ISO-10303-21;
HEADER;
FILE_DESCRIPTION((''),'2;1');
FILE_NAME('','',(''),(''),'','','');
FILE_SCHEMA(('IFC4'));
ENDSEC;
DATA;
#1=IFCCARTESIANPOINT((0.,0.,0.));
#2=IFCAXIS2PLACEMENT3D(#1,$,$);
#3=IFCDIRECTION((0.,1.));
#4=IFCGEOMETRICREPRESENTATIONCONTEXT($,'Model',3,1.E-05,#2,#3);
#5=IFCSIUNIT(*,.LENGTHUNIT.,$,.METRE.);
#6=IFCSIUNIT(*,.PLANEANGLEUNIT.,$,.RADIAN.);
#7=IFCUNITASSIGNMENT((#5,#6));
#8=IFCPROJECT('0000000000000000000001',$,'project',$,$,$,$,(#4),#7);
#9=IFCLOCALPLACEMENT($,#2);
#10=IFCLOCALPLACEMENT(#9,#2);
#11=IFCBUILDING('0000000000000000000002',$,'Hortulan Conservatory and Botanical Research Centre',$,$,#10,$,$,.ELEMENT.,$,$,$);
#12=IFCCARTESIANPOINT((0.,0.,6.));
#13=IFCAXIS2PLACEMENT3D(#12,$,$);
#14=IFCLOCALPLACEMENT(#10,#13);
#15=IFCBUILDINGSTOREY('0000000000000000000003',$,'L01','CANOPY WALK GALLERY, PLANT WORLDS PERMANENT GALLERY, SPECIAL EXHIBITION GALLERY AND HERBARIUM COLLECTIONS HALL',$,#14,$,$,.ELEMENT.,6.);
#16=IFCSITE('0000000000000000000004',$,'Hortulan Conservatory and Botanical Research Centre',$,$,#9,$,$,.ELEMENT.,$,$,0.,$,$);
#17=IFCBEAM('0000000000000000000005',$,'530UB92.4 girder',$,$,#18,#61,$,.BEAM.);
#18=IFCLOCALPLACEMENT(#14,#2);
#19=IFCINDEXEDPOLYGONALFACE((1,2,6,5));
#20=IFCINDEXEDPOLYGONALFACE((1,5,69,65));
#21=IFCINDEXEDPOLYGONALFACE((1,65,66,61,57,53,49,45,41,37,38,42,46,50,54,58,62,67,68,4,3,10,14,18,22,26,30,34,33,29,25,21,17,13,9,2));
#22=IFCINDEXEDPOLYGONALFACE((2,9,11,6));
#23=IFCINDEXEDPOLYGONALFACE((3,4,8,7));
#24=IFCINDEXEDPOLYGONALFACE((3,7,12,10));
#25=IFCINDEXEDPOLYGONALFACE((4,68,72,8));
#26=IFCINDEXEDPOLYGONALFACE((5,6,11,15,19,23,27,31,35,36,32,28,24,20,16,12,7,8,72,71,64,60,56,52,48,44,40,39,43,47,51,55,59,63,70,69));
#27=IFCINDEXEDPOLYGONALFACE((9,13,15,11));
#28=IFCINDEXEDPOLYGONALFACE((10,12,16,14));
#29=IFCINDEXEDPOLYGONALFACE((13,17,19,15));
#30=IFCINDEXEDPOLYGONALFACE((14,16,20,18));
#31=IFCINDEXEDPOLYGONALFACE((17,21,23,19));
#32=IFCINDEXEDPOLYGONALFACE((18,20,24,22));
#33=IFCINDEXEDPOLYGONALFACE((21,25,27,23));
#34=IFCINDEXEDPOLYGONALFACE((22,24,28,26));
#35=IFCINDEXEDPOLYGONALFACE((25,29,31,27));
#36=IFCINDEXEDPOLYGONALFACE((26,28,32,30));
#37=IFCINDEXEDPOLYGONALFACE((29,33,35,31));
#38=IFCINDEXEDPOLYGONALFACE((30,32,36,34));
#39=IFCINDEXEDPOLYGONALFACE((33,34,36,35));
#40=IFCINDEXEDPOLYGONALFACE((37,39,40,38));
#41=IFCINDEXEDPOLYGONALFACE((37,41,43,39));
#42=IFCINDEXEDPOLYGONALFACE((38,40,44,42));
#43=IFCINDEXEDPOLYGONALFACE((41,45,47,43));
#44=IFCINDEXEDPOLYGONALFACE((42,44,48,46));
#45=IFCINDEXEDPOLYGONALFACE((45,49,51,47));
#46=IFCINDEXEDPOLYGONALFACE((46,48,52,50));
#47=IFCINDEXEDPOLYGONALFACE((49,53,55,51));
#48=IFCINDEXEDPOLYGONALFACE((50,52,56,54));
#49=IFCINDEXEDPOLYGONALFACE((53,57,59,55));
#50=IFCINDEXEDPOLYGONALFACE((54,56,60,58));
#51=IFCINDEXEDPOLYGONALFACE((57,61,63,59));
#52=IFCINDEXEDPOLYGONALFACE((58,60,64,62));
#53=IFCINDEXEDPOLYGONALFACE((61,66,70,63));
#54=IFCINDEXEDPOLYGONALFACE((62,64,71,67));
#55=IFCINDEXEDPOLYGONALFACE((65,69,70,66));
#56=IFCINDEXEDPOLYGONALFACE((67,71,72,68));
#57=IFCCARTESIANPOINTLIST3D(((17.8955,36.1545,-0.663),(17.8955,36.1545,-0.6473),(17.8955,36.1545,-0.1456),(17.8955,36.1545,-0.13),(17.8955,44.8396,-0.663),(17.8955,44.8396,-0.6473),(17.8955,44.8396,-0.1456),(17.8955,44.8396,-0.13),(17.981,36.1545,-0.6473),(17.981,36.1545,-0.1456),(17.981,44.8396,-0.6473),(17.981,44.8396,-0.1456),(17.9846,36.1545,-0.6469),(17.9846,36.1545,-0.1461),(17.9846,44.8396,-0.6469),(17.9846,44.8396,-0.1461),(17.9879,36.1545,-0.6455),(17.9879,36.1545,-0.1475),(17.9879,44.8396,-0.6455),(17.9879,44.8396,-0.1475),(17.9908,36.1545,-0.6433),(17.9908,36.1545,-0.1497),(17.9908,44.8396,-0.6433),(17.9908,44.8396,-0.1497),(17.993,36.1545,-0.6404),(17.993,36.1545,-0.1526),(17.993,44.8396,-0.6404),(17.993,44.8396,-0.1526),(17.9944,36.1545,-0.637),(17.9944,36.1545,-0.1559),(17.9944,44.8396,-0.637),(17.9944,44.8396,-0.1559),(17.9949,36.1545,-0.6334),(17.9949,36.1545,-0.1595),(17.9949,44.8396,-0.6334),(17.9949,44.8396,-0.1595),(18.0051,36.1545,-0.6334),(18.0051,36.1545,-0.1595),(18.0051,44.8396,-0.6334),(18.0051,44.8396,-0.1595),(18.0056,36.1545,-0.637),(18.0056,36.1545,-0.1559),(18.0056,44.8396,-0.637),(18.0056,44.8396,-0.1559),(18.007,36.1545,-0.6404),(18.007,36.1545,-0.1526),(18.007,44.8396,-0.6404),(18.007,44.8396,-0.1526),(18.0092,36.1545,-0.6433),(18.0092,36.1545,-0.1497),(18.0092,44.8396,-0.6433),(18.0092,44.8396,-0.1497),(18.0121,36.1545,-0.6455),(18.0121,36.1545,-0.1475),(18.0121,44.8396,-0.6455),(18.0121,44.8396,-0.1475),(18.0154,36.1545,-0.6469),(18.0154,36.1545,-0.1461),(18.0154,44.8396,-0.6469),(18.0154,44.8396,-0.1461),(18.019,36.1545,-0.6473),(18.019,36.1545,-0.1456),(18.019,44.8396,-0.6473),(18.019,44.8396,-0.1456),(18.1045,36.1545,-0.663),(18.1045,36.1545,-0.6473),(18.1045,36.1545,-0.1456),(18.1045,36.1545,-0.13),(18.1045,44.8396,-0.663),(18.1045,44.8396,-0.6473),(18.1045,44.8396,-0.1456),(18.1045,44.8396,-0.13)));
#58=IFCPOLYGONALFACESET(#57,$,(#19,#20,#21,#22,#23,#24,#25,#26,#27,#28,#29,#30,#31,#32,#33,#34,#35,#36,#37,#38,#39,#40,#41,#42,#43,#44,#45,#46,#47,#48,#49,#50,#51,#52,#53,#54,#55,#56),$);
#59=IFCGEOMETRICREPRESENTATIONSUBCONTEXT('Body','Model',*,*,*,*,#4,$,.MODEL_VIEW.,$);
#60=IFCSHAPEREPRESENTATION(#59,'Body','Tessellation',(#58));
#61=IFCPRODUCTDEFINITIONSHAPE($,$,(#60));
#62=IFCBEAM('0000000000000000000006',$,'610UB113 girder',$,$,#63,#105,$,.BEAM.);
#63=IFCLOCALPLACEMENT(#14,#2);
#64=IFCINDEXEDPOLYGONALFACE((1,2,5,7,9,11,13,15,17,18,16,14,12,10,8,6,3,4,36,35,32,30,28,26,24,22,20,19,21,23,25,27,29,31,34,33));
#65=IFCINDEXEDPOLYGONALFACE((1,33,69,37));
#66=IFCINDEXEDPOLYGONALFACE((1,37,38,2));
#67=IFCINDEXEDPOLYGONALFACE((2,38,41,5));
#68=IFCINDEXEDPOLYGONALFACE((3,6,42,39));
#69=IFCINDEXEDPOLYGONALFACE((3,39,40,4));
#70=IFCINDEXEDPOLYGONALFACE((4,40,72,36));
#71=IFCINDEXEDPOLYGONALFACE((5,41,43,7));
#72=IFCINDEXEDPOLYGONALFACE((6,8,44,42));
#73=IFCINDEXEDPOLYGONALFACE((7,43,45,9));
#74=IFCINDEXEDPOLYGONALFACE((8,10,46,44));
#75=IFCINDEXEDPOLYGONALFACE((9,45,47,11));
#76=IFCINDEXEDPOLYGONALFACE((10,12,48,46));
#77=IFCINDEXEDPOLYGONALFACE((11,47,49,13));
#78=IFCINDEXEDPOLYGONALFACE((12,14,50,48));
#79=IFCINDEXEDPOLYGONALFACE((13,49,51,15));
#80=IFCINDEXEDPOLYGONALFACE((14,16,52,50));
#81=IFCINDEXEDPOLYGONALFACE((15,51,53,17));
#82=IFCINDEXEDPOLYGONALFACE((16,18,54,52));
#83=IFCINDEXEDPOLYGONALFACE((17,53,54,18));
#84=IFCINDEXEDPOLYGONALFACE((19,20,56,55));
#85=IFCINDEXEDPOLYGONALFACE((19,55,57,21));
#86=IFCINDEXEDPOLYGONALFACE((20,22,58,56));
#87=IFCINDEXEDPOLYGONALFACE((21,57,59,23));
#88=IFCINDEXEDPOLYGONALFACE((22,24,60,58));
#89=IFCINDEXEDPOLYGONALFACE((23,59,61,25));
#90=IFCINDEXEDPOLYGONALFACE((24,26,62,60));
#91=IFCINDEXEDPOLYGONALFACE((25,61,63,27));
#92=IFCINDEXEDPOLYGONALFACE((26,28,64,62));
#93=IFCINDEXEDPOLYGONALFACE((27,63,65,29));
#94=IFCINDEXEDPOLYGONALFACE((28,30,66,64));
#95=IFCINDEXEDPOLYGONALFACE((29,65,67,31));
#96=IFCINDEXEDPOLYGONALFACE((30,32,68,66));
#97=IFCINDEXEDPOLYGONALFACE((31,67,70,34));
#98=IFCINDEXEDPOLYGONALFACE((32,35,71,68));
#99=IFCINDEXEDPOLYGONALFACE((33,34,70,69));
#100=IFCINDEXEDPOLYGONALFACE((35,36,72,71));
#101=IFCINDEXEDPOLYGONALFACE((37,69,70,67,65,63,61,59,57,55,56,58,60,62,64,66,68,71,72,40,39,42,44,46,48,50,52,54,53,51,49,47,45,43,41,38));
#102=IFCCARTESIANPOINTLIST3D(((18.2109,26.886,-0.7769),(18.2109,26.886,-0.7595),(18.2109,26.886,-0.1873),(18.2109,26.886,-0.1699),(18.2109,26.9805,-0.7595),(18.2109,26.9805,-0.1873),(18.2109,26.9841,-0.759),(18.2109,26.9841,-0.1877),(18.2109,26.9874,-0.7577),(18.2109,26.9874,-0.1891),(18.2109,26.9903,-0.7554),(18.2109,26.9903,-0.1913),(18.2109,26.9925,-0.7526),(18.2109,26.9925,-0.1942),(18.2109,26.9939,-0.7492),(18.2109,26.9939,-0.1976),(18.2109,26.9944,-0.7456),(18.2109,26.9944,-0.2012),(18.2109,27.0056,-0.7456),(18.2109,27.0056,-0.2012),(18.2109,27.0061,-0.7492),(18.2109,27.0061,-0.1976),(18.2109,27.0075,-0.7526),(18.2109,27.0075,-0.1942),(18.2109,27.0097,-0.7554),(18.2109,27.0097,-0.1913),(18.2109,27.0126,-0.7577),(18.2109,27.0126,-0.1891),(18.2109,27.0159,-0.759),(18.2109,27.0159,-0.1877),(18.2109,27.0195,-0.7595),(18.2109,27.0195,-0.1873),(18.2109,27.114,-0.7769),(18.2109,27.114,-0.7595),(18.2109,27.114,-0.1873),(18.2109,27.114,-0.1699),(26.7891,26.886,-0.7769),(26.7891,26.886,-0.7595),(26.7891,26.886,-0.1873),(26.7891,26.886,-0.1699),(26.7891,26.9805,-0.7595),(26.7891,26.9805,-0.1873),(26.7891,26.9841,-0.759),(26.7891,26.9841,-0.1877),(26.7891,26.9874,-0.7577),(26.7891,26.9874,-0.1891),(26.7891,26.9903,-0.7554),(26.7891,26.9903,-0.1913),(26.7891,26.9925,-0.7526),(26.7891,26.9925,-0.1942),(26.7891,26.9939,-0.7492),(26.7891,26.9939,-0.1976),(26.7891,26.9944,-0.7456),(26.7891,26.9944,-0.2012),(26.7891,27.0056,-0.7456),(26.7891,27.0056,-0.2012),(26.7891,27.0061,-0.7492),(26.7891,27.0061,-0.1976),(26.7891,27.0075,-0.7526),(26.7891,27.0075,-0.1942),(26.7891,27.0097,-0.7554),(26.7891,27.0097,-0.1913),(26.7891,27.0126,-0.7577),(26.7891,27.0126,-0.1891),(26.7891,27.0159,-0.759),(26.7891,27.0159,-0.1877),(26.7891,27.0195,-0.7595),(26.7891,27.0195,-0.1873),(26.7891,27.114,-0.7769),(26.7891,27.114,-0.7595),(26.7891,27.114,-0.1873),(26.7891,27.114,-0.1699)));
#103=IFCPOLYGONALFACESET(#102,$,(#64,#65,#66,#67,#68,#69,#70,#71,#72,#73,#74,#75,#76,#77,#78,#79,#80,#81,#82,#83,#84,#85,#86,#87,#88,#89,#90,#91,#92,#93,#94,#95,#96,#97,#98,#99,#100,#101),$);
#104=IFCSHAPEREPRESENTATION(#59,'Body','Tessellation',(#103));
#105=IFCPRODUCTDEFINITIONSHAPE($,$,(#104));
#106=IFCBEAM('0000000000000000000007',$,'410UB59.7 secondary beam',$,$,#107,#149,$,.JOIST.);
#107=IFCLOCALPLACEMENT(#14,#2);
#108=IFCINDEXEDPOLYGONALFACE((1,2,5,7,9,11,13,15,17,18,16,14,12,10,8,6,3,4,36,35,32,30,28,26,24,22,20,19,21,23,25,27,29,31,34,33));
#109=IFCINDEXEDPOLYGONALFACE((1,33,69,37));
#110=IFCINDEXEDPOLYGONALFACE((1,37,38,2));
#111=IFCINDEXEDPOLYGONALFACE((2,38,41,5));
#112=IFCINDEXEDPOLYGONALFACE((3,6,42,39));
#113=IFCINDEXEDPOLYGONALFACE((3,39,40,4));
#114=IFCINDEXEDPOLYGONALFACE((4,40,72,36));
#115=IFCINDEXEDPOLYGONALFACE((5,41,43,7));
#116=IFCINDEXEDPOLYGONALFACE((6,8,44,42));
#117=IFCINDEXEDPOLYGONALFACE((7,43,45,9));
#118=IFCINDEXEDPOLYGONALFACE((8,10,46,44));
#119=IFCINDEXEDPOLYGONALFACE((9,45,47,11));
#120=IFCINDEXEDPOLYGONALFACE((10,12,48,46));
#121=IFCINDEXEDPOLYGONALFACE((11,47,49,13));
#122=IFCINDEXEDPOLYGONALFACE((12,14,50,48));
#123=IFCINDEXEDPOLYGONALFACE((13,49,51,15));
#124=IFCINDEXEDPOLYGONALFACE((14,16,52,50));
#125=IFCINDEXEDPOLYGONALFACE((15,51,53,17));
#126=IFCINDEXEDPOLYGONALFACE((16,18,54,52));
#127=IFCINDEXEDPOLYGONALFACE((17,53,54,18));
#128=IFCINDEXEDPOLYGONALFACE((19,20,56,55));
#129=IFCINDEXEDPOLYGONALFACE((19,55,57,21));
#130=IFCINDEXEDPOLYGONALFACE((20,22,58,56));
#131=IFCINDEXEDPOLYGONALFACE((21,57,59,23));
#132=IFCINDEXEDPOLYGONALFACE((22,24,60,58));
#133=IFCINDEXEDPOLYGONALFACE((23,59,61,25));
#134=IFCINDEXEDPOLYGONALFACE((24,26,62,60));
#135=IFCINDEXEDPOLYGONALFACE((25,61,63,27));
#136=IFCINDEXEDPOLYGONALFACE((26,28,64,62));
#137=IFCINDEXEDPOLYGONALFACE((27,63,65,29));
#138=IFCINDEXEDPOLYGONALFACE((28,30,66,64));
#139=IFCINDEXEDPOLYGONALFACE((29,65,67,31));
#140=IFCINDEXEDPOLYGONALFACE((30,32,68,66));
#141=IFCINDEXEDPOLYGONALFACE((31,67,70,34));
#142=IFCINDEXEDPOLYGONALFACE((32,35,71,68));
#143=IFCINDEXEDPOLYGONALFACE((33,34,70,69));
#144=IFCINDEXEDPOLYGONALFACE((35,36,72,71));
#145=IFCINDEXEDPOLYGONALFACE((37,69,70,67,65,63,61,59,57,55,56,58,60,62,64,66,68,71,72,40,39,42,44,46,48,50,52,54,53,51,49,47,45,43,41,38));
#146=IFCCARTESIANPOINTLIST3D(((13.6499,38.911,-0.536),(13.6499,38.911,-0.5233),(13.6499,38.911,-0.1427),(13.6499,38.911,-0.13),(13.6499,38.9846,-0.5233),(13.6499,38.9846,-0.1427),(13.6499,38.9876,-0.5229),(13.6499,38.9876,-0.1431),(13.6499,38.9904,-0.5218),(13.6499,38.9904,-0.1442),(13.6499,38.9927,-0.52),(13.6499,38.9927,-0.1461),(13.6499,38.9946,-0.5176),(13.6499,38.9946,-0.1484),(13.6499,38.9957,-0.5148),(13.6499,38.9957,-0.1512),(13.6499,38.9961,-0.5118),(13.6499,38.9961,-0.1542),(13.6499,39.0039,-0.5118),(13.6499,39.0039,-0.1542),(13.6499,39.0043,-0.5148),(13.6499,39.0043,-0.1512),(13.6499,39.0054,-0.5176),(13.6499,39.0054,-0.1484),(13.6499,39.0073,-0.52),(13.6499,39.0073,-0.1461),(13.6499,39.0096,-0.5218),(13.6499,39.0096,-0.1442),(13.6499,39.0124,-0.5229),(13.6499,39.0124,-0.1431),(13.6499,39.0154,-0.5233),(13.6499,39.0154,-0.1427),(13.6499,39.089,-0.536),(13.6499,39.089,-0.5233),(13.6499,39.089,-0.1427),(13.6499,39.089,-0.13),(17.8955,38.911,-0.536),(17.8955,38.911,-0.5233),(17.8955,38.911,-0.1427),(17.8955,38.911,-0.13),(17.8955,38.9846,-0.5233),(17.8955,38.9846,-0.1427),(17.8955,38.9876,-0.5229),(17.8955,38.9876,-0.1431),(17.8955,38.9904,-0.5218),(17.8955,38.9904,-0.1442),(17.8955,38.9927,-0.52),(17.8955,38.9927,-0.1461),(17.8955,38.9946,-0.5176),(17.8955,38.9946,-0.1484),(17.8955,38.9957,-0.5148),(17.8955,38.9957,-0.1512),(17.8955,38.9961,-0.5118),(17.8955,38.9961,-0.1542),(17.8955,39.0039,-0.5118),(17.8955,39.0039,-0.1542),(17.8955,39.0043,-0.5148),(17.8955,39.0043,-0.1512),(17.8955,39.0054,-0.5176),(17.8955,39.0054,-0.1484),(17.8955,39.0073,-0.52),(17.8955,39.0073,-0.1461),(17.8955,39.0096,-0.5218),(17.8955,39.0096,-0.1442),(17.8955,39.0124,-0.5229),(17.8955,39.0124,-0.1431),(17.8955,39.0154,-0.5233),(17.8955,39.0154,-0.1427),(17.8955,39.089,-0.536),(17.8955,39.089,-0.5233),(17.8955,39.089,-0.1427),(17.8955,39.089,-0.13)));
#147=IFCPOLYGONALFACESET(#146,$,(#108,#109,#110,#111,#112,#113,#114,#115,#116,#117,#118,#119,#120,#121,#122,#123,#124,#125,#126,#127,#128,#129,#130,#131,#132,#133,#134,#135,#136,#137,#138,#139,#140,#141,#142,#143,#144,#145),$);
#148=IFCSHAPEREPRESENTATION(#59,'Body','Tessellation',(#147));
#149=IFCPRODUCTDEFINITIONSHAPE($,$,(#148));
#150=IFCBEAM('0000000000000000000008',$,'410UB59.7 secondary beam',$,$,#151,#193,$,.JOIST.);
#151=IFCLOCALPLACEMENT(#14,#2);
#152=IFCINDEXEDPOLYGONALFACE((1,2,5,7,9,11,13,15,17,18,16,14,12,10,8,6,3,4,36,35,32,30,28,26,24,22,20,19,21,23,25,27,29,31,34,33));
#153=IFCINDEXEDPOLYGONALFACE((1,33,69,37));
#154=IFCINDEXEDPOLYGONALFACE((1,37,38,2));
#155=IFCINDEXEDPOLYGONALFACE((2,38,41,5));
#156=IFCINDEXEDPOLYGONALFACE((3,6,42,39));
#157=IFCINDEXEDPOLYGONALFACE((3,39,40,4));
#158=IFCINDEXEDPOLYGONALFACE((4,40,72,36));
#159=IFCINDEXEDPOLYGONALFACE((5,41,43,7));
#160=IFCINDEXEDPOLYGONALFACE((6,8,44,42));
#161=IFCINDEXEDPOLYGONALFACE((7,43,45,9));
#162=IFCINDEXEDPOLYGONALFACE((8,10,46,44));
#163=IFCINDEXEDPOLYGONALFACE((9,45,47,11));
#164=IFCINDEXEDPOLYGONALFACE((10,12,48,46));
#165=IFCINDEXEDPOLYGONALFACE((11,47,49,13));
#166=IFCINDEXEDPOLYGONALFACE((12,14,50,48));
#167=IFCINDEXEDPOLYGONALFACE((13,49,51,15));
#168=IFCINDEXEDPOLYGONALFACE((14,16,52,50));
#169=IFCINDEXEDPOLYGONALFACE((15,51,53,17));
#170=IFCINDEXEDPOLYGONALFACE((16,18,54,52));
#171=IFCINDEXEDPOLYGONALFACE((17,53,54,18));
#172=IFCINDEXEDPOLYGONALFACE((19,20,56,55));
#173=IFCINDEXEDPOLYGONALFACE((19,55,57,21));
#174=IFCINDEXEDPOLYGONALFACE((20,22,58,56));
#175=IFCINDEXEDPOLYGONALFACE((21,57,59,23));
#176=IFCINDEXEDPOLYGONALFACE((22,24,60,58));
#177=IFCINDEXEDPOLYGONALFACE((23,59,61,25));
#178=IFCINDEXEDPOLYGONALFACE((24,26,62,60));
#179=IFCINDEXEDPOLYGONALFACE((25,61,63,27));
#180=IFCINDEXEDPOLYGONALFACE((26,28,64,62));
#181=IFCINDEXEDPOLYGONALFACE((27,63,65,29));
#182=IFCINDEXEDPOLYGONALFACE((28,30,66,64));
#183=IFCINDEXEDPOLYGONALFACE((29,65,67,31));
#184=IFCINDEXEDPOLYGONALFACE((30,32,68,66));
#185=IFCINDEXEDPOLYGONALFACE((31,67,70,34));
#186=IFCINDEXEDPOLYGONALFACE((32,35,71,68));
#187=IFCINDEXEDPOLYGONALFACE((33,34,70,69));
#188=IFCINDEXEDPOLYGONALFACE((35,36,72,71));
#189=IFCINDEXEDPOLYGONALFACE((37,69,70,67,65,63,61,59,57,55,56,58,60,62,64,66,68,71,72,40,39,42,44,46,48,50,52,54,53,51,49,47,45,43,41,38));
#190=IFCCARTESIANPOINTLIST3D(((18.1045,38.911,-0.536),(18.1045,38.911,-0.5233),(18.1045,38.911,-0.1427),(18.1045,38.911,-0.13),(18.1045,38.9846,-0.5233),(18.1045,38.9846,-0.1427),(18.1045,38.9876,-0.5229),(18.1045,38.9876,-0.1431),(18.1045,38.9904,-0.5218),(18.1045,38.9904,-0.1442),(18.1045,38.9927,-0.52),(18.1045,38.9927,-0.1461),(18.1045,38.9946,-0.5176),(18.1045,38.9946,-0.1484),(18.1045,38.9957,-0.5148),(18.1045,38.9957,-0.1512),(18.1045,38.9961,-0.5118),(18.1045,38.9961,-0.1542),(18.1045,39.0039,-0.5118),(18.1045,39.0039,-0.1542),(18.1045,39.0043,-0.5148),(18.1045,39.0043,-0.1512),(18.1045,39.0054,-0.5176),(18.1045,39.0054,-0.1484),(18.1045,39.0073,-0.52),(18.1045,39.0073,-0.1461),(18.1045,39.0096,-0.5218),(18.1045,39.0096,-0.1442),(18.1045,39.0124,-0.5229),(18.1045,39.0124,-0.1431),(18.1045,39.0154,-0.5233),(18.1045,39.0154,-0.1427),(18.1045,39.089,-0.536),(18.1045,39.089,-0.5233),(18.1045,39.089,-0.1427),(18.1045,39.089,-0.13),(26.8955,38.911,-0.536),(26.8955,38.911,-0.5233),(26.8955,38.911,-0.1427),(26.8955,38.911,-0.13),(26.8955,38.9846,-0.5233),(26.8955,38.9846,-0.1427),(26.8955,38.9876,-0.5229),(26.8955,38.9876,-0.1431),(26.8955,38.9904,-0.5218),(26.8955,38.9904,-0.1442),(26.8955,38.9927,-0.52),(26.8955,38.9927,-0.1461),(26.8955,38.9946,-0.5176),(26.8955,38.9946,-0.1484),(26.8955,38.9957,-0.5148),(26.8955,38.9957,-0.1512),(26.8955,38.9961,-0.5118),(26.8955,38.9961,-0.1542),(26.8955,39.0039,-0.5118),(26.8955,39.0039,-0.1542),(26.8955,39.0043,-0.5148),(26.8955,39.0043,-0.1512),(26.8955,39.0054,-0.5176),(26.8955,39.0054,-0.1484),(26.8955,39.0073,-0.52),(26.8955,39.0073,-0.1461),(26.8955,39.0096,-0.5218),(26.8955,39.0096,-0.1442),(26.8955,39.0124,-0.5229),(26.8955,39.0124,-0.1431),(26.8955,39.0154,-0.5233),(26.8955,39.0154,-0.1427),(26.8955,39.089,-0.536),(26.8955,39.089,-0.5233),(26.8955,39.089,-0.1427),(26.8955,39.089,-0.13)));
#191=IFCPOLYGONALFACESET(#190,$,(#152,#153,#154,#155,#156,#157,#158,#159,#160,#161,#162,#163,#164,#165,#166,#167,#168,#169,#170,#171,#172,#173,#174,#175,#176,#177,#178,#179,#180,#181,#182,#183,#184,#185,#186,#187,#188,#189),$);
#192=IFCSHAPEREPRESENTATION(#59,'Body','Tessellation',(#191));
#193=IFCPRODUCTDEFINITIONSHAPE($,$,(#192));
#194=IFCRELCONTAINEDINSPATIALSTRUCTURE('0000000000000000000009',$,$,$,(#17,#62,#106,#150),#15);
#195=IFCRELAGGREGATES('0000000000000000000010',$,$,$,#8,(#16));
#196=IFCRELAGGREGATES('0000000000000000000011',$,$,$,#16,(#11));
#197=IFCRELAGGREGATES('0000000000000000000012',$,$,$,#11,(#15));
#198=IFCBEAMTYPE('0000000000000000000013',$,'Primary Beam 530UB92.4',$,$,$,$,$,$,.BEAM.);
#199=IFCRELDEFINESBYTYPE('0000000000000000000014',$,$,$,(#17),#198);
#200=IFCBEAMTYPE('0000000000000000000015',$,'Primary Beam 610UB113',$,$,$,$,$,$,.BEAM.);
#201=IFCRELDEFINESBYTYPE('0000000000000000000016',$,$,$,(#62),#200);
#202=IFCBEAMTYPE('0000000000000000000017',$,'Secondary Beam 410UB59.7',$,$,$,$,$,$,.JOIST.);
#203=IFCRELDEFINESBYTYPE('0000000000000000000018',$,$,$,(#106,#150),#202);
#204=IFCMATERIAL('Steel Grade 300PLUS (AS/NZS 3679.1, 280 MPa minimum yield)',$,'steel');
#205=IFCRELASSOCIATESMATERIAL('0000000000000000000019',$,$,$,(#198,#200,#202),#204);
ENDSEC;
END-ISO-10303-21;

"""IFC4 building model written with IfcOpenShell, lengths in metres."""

from ifc_helpers import new_model, si_unit, direction, frame, origin, origin_2d, place, context, subcontext, project, spatial, i_section, extrude, material, material_profile, profile_set, type_object, element, save


model = new_model("IFC4")

# Units and contexts
model_context = context("Model", 3, precision=1e-05, world=origin(), true_north=direction((0.0, 1.0)))
body_context = subcontext(model_context, "Body", "Model", "MODEL_VIEW")
ifc_project = project(units=[si_unit("LENGTHUNIT", "METRE"), si_unit("PLANEANGLEUNIT", "RADIAN")], contexts=[model_context])

# Site, building, storey
site_placement = place(None, origin())
site = spatial("IfcSite", under=ifc_project, at=site_placement, Name="Hortulan Conservatory and Botanical Research Centre", CompositionType="ELEMENT", RefElevation=0.0)
building_placement = place(site_placement, origin())
building = spatial("IfcBuilding", under=site, at=building_placement, Name="Hortulan Conservatory and Botanical Research Centre", CompositionType="ELEMENT")
storey_placement = place(building_placement, frame((0.0, 0.0, 6.0)))
storey = spatial("IfcBuildingStorey", under=building, at=storey_placement, Name="L01", Description="CANOPY WALK GALLERY, PLANT WORLDS PERMANENT GALLERY, SPECIAL EXHIBITION GALLERY AND HERBARIUM COLLECTIONS HALL", CompositionType="ELEMENT", Elevation=6.0)

# Shared definitions
ifc_material_1 = material(Name="Steel Grade 300PLUS (AS/NZS 3679.1, 280 MPa minimum yield)", Category="steel")

# Beams
ifc_material_profile_1 = material_profile(ifc_material_1, i_section(OverallWidth=0.209, OverallDepth=0.533, WebThickness=0.0103, FlangeThickness=0.0156, FilletRadius=0.0139, at=origin_2d()), Name="530UB92.4")
ifc_profile_set_1 = profile_set([ifc_material_profile_1], Name="Steel Grade 300PLUS (AS/NZS 3679.1, 280 MPa minimum yield)")
beam_type_1 = type_object("IfcBeamType", Name="Primary Beam 530UB92.4", PredefinedType="BEAM", material=ifc_profile_set_1)
beam_1_placement = place(storey_placement, frame((18.0, 36.1545, -0.3965), z_axis=(0.0, 1.0, 0.0), x_axis=(-1.0, 0.0, 0.0)))
element("IfcBeam", 1, at=beam_1_placement, inside=storey, type_object=beam_type_1, Name="530UB92.4 girder", PredefinedType="BEAM", context=body_context, shape_type="SweptSolid", body=[
    extrude(i_section(OverallWidth=0.209, OverallDepth=0.533, WebThickness=0.0103, FlangeThickness=0.0156, FilletRadius=0.0139, at=origin_2d()), origin(), (0.0, 0.0, 1.0), 8.6851),
])
ifc_material_profile_2 = material_profile(ifc_material_1, i_section(OverallWidth=0.228, OverallDepth=0.6069, WebThickness=0.0112, FlangeThickness=0.0173, FilletRadius=0.0139, at=origin_2d()), Name="610UB113")
ifc_profile_set_2 = profile_set([ifc_material_profile_2], Name="Steel Grade 300PLUS (AS/NZS 3679.1, 280 MPa minimum yield)")
beam_type_2 = type_object("IfcBeamType", Name="Primary Beam 610UB113", PredefinedType="BEAM", material=ifc_profile_set_2)
beam_2_placement = place(storey_placement, frame((18.2109, 27.0, -0.4734), z_axis=(1.0, 0.0, 0.0), x_axis=(0.0, 1.0, 0.0)))
element("IfcBeam", 2, at=beam_2_placement, inside=storey, type_object=beam_type_2, Name="610UB113 girder", PredefinedType="BEAM", context=body_context, shape_type="SweptSolid", body=[
    extrude(i_section(OverallWidth=0.228, OverallDepth=0.6069, WebThickness=0.0112, FlangeThickness=0.0173, FilletRadius=0.0139, at=origin_2d()), origin(), (0.0, 0.0, 1.0), 8.5781),
])
ifc_material_profile_3 = material_profile(ifc_material_1, i_section(OverallWidth=0.178, OverallDepth=0.406, WebThickness=0.0078, FlangeThickness=0.0127, FilletRadius=0.0115, at=origin_2d()), Name="410UB59.7")
ifc_profile_set_3 = profile_set([ifc_material_profile_3], Name="Steel Grade 300PLUS (AS/NZS 3679.1, 280 MPa minimum yield)")
beam_type_3 = type_object("IfcBeamType", Name="Secondary Beam 410UB59.7", PredefinedType="JOIST", material=ifc_profile_set_3)
beam_3_placement = place(storey_placement, frame((13.6499, 39.0, -0.333), z_axis=(1.0, 0.0, 0.0), x_axis=(0.0, 1.0, 0.0)))
element("IfcBeam", 3, at=beam_3_placement, inside=storey, type_object=beam_type_3, Name="410UB59.7 secondary beam", PredefinedType="JOIST", context=body_context, shape_type="SweptSolid", body=[
    extrude(i_section(OverallWidth=0.178, OverallDepth=0.406, WebThickness=0.0078, FlangeThickness=0.0127, FilletRadius=0.0115, at=origin_2d()), origin(), (0.0, 0.0, 1.0), 4.2456),
])
beam_4_placement = place(storey_placement, frame((18.1045, 39.0, -0.333), z_axis=(1.0, 0.0, 0.0), x_axis=(0.0, 1.0, 0.0)))
element("IfcBeam", 4, at=beam_4_placement, inside=storey, type_object=beam_type_3, Name="410UB59.7 secondary beam", PredefinedType="JOIST", context=body_context, shape_type="SweptSolid", body=[
    extrude(i_section(OverallWidth=0.178, OverallDepth=0.406, WebThickness=0.0078, FlangeThickness=0.0127, FilletRadius=0.0115, at=origin_2d()), origin(), (0.0, 0.0, 1.0), 8.791),
])

save(model, "model.ifc")
